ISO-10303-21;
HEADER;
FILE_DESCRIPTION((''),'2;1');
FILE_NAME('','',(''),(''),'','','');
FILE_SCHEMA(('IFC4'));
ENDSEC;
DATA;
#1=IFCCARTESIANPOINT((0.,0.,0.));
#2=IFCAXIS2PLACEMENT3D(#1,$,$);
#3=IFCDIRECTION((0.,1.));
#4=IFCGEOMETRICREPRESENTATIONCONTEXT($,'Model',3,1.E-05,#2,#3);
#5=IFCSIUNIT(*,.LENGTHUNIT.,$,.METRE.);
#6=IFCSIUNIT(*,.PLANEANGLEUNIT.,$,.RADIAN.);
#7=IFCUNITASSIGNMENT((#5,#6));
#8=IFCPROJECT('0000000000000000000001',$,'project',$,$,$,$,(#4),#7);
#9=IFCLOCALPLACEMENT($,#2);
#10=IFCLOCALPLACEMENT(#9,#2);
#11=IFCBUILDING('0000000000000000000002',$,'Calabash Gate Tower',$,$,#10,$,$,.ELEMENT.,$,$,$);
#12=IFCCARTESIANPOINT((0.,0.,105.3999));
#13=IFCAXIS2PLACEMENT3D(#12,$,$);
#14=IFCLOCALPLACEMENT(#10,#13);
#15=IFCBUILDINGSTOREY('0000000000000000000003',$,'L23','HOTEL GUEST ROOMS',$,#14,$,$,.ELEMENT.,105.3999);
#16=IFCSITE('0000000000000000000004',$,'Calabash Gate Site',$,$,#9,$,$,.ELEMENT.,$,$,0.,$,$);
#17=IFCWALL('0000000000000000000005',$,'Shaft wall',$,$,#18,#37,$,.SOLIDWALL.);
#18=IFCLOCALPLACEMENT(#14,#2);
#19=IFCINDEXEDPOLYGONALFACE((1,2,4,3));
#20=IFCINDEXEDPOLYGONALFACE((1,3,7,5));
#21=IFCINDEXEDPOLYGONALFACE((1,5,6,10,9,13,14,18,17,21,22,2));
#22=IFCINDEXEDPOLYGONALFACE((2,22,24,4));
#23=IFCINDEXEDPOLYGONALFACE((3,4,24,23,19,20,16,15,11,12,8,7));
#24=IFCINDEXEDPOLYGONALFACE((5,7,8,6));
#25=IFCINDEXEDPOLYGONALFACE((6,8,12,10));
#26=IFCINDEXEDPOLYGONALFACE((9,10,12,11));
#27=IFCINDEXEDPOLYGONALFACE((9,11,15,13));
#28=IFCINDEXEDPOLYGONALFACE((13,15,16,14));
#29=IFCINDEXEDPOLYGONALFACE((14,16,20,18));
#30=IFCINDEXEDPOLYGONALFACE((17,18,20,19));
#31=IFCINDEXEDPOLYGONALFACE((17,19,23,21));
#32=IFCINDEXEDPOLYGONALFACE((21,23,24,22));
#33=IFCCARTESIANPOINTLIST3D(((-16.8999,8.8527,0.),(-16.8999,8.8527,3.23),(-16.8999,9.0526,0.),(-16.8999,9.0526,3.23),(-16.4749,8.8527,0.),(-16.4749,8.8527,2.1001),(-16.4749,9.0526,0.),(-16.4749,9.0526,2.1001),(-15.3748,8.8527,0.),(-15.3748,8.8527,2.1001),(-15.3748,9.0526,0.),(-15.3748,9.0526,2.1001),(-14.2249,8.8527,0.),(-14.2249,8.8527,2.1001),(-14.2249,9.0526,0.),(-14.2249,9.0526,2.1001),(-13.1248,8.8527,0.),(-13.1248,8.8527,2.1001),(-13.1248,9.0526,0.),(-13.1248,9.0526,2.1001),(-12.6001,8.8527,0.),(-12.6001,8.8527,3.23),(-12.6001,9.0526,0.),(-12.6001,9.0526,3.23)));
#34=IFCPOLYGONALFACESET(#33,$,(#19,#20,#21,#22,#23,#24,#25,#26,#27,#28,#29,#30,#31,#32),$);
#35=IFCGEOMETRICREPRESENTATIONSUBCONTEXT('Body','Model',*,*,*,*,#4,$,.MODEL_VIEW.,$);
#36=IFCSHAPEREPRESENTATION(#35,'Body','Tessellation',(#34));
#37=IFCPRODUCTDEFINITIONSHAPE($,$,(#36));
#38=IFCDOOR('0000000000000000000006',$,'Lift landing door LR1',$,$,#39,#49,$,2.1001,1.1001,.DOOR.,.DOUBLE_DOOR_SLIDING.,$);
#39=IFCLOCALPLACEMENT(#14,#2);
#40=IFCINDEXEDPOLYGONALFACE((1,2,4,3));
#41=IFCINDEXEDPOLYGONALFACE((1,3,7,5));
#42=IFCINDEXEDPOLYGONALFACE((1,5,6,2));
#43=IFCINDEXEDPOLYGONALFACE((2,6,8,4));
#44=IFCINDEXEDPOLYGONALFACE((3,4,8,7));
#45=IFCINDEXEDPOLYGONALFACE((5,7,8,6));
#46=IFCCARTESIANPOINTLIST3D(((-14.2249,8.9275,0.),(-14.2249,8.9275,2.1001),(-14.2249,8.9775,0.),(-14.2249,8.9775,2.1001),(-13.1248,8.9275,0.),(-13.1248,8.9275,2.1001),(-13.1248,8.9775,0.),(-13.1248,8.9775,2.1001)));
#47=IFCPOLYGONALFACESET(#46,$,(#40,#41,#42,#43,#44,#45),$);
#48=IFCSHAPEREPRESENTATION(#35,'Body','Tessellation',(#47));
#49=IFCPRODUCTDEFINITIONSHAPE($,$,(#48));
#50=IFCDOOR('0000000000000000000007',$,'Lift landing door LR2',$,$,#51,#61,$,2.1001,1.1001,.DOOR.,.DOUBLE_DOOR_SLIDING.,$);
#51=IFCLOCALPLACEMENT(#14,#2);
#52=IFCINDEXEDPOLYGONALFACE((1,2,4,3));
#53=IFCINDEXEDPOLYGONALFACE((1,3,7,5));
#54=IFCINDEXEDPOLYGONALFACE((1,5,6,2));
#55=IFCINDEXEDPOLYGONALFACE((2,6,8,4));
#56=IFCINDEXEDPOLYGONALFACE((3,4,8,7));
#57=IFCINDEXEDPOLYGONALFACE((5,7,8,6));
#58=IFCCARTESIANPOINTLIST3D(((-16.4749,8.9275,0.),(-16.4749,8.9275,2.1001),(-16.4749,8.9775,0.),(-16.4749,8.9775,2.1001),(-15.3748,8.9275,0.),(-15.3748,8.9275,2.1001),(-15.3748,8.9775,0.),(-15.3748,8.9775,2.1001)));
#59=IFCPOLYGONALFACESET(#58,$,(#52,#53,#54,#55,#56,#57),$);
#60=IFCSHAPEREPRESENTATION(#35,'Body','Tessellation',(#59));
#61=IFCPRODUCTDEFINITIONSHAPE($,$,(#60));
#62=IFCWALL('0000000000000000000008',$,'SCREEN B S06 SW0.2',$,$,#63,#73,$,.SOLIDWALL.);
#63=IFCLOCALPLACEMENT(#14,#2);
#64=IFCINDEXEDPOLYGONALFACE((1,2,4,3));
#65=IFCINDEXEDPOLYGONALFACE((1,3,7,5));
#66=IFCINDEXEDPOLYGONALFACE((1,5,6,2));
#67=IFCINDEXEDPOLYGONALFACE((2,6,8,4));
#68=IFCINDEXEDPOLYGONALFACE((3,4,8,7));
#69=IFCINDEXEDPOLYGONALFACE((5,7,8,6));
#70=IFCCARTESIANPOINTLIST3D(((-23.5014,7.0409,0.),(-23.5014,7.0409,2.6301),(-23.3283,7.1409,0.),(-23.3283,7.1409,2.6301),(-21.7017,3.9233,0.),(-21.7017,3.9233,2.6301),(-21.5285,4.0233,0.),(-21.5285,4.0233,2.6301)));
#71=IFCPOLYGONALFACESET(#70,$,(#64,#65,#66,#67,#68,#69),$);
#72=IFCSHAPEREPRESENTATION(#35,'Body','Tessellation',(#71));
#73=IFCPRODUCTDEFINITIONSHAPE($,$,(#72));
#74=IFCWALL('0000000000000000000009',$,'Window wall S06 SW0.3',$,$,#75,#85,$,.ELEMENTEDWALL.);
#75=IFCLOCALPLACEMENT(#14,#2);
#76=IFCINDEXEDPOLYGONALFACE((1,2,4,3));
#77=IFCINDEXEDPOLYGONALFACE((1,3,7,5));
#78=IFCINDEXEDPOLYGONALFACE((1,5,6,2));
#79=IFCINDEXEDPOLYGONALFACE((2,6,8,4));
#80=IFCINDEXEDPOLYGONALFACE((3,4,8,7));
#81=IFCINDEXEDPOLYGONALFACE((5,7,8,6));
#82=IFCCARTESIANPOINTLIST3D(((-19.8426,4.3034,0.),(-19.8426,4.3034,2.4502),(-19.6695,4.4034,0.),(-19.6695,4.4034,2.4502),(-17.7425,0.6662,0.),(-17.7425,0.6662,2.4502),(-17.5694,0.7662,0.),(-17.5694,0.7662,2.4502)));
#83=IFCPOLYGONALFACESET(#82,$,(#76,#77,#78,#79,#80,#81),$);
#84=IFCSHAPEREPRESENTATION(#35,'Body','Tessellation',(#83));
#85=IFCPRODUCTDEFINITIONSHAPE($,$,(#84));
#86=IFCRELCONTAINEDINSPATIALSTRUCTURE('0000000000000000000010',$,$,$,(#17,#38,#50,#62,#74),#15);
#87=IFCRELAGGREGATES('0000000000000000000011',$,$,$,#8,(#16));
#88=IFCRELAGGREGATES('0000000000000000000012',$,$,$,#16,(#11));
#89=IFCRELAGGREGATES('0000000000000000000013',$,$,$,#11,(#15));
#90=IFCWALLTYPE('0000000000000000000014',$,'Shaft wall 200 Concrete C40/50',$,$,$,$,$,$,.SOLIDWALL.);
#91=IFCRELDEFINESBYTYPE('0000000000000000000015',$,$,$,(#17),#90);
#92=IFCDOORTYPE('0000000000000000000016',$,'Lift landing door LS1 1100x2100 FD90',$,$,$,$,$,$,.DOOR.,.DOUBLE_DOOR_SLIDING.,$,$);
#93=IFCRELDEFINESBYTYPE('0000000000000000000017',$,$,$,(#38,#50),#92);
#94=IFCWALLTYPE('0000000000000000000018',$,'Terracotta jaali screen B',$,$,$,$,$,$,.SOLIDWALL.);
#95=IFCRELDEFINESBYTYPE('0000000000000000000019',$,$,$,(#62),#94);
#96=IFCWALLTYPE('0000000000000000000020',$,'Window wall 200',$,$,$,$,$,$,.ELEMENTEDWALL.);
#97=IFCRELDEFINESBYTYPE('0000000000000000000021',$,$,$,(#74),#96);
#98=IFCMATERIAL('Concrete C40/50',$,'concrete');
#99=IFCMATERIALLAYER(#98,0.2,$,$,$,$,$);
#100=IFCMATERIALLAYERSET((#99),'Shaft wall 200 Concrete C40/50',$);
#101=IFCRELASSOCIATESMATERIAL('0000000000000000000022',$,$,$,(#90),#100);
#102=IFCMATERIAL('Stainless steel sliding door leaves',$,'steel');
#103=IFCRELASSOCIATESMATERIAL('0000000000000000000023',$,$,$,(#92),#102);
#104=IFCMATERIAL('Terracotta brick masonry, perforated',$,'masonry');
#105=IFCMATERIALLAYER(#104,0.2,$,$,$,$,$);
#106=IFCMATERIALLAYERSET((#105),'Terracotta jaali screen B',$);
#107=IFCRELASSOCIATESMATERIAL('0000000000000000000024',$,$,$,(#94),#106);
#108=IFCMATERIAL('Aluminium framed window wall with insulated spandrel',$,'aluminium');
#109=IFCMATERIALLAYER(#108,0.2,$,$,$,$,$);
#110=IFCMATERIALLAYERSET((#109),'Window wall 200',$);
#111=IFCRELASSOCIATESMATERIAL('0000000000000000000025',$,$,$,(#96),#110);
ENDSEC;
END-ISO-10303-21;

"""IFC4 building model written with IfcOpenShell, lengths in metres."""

from ifc_helpers import new_model, si_unit, direction, frame, frame_2d, origin, place, context, subcontext, project, spatial, rectangle, extrude, material, layer, layer_set, type_object, element, fill, save


model = new_model("IFC4")

# Units and contexts
model_context = context("Model", 3, precision=1e-05, world=origin(), true_north=direction((0.0, 1.0)))
body_context = subcontext(model_context, "Body", "Model", "MODEL_VIEW")
ifc_project = project(units=[si_unit("LENGTHUNIT", "METRE"), si_unit("PLANEANGLEUNIT", "RADIAN")], contexts=[model_context])

# Site, building, storey
site_placement = place(None, origin())
site = spatial("IfcSite", under=ifc_project, at=site_placement, Name="Calabash Gate Site", CompositionType="ELEMENT", RefElevation=0.0)
building_placement = place(site_placement, origin())
building = spatial("IfcBuilding", under=site, at=building_placement, Name="Calabash Gate Tower", CompositionType="ELEMENT")
storey_placement = place(building_placement, frame((0.0, 0.0, 105.3999)))
storey = spatial("IfcBuildingStorey", under=building, at=storey_placement, Name="L23", Description="HOTEL GUEST ROOMS", CompositionType="ELEMENT", Elevation=105.3999)

# Shared definitions
ifc_material_1 = material(Name="Concrete C40/50", Category="concrete")
ifc_layer_1 = layer(ifc_material_1, 0.2)
ifc_layer_set_1 = layer_set([ifc_layer_1], Name="Shaft wall 200 Concrete C40/50")
wall_type_1 = type_object("IfcWallType", Name="Shaft wall 200 Concrete C40/50", PredefinedType="SOLIDWALL", material=ifc_layer_set_1)

# Wall, openings, doors
wall_1_placement = place(storey_placement, frame((-16.8999, 8.9526, 0.0), z_axis=(0.0, 0.0, 1.0), x_axis=(1.0, 0.0, 0.0)))
wall_1 = element("IfcWall", 1, at=wall_1_placement, inside=storey, type_object=wall_type_1, Name="Shaft wall", PredefinedType="SOLIDWALL", context=body_context, shape_type="SweptSolid", body=[
    extrude(rectangle(XDim=4.2998, YDim=0.2, at=frame_2d((2.1499, 0.0))), origin(), (0.0, 0.0, 1.0), 3.23),
])
opening_1_placement = place(wall_1_placement, frame((2.675, 0.0, 0.0)))
opening_1 = element("IfcOpeningElement", 2, at=opening_1_placement, cuts=wall_1, PredefinedType="OPENING", context=body_context, shape_type="SweptSolid", body=[
    extrude(rectangle(XDim=1.1001, YDim=2.1001, at=frame_2d((0.55, 1.05))), frame((0.0, 0.1099, 0.0), z_axis=(0.0, -1.0, 0.0), x_axis=(1.0, 0.0, 0.0)), (0.0, 0.0, 1.0), 0.22),
])
opening_2_placement = place(wall_1_placement, frame((0.425, 0.0, 0.0)))
opening_2 = element("IfcOpeningElement", 3, at=opening_2_placement, cuts=wall_1, PredefinedType="OPENING", context=body_context, shape_type="SweptSolid", body=[
    extrude(rectangle(XDim=1.1001, YDim=2.1001, at=frame_2d((0.55, 1.05))), frame((0.0, 0.1099, 0.0), z_axis=(0.0, -1.0, 0.0), x_axis=(1.0, 0.0, 0.0)), (0.0, 0.0, 1.0), 0.22),
])
ifc_material_2 = material(Name="Stainless steel sliding door leaves", Category="steel")
door_type_1 = type_object("IfcDoorType", Name="Lift landing door LS1 1100x2100 FD90", OperationType="DOUBLE_DOOR_SLIDING", PredefinedType="DOOR", material=ifc_material_2)
door_1_placement = place(opening_1_placement, origin())
door_1 = element("IfcDoor", 4, at=door_1_placement, inside=storey, type_object=door_type_1, Name="Lift landing door LR1", OperationType="DOUBLE_DOOR_SLIDING", OverallHeight=2.1001, OverallWidth=1.1001, PredefinedType="DOOR", context=body_context, shape_type="SweptSolid", body=[
    extrude(rectangle(XDim=1.1001, YDim=2.1001, at=frame_2d((0.55, 1.05))), frame((0.0, 0.0249, 0.0), z_axis=(0.0, -1.0, 0.0), x_axis=(1.0, 0.0, 0.0)), (0.0, 0.0, 1.0), 0.05),
])
fill(opening_1, door_1)
door_2_placement = place(opening_2_placement, origin())
door_2 = element("IfcDoor", 5, at=door_2_placement, inside=storey, type_object=door_type_1, Name="Lift landing door LR2", OperationType="DOUBLE_DOOR_SLIDING", OverallHeight=2.1001, OverallWidth=1.1001, PredefinedType="DOOR", context=body_context, shape_type="SweptSolid", body=[
    extrude(rectangle(XDim=1.1001, YDim=2.1001, at=frame_2d((0.55, 1.05))), frame((0.0, 0.0249, 0.0), z_axis=(0.0, -1.0, 0.0), x_axis=(1.0, 0.0, 0.0)), (0.0, 0.0, 1.0), 0.05),
])
fill(opening_2, door_2)

# Wall
ifc_material_3 = material(Name="Terracotta brick masonry, perforated", Category="masonry")
ifc_layer_2 = layer(ifc_material_3, 0.2)
ifc_layer_set_2 = layer_set([ifc_layer_2], Name="Terracotta jaali screen B")
wall_type_2 = type_object("IfcWallType", Name="Terracotta jaali screen B", PredefinedType="SOLIDWALL", material=ifc_layer_set_2)
wall_2_placement = place(storey_placement, frame((-23.4148, 7.0908, 0.0), z_axis=(0.0, 0.0, 1.0), x_axis=(0.499961, -0.866048, 0.0)))
element("IfcWall", 6, at=wall_2_placement, inside=storey, type_object=wall_type_2, Name="SCREEN B S06 SW0.2", PredefinedType="SOLIDWALL", context=body_context, shape_type="SweptSolid", body=[
    extrude(rectangle(XDim=3.5999, YDim=0.2, at=frame_2d((1.7998, 0.0))), origin(), (0.0, 0.0, 1.0), 2.6301),
])

# Shared definitions
ifc_material_4 = material(Name="Aluminium framed window wall with insulated spandrel", Category="aluminium")
ifc_layer_3 = layer(ifc_material_4, 0.2)
ifc_layer_set_3 = layer_set([ifc_layer_3], Name="Window wall 200")
wall_type_3 = type_object("IfcWallType", Name="Window wall 200", PredefinedType="ELEMENTEDWALL", material=ifc_layer_set_3)

# Wall
wall_3_placement = place(storey_placement, frame((-19.7561, 4.3535, 0.0), z_axis=(0.0, 0.0, 1.0), x_axis=(0.500028, -0.866009, 0.0)))
element("IfcWall", 7, at=wall_3_placement, inside=storey, type_object=wall_type_3, Name="Window wall S06 SW0.3", PredefinedType="ELEMENTEDWALL", context=body_context, shape_type="SweptSolid", body=[
    extrude(rectangle(XDim=4.2, YDim=0.2, at=frame_2d((2.1001, 0.0))), origin(), (0.0, 0.0, 1.0), 2.4502),
])

save(model, "model.ifc")
